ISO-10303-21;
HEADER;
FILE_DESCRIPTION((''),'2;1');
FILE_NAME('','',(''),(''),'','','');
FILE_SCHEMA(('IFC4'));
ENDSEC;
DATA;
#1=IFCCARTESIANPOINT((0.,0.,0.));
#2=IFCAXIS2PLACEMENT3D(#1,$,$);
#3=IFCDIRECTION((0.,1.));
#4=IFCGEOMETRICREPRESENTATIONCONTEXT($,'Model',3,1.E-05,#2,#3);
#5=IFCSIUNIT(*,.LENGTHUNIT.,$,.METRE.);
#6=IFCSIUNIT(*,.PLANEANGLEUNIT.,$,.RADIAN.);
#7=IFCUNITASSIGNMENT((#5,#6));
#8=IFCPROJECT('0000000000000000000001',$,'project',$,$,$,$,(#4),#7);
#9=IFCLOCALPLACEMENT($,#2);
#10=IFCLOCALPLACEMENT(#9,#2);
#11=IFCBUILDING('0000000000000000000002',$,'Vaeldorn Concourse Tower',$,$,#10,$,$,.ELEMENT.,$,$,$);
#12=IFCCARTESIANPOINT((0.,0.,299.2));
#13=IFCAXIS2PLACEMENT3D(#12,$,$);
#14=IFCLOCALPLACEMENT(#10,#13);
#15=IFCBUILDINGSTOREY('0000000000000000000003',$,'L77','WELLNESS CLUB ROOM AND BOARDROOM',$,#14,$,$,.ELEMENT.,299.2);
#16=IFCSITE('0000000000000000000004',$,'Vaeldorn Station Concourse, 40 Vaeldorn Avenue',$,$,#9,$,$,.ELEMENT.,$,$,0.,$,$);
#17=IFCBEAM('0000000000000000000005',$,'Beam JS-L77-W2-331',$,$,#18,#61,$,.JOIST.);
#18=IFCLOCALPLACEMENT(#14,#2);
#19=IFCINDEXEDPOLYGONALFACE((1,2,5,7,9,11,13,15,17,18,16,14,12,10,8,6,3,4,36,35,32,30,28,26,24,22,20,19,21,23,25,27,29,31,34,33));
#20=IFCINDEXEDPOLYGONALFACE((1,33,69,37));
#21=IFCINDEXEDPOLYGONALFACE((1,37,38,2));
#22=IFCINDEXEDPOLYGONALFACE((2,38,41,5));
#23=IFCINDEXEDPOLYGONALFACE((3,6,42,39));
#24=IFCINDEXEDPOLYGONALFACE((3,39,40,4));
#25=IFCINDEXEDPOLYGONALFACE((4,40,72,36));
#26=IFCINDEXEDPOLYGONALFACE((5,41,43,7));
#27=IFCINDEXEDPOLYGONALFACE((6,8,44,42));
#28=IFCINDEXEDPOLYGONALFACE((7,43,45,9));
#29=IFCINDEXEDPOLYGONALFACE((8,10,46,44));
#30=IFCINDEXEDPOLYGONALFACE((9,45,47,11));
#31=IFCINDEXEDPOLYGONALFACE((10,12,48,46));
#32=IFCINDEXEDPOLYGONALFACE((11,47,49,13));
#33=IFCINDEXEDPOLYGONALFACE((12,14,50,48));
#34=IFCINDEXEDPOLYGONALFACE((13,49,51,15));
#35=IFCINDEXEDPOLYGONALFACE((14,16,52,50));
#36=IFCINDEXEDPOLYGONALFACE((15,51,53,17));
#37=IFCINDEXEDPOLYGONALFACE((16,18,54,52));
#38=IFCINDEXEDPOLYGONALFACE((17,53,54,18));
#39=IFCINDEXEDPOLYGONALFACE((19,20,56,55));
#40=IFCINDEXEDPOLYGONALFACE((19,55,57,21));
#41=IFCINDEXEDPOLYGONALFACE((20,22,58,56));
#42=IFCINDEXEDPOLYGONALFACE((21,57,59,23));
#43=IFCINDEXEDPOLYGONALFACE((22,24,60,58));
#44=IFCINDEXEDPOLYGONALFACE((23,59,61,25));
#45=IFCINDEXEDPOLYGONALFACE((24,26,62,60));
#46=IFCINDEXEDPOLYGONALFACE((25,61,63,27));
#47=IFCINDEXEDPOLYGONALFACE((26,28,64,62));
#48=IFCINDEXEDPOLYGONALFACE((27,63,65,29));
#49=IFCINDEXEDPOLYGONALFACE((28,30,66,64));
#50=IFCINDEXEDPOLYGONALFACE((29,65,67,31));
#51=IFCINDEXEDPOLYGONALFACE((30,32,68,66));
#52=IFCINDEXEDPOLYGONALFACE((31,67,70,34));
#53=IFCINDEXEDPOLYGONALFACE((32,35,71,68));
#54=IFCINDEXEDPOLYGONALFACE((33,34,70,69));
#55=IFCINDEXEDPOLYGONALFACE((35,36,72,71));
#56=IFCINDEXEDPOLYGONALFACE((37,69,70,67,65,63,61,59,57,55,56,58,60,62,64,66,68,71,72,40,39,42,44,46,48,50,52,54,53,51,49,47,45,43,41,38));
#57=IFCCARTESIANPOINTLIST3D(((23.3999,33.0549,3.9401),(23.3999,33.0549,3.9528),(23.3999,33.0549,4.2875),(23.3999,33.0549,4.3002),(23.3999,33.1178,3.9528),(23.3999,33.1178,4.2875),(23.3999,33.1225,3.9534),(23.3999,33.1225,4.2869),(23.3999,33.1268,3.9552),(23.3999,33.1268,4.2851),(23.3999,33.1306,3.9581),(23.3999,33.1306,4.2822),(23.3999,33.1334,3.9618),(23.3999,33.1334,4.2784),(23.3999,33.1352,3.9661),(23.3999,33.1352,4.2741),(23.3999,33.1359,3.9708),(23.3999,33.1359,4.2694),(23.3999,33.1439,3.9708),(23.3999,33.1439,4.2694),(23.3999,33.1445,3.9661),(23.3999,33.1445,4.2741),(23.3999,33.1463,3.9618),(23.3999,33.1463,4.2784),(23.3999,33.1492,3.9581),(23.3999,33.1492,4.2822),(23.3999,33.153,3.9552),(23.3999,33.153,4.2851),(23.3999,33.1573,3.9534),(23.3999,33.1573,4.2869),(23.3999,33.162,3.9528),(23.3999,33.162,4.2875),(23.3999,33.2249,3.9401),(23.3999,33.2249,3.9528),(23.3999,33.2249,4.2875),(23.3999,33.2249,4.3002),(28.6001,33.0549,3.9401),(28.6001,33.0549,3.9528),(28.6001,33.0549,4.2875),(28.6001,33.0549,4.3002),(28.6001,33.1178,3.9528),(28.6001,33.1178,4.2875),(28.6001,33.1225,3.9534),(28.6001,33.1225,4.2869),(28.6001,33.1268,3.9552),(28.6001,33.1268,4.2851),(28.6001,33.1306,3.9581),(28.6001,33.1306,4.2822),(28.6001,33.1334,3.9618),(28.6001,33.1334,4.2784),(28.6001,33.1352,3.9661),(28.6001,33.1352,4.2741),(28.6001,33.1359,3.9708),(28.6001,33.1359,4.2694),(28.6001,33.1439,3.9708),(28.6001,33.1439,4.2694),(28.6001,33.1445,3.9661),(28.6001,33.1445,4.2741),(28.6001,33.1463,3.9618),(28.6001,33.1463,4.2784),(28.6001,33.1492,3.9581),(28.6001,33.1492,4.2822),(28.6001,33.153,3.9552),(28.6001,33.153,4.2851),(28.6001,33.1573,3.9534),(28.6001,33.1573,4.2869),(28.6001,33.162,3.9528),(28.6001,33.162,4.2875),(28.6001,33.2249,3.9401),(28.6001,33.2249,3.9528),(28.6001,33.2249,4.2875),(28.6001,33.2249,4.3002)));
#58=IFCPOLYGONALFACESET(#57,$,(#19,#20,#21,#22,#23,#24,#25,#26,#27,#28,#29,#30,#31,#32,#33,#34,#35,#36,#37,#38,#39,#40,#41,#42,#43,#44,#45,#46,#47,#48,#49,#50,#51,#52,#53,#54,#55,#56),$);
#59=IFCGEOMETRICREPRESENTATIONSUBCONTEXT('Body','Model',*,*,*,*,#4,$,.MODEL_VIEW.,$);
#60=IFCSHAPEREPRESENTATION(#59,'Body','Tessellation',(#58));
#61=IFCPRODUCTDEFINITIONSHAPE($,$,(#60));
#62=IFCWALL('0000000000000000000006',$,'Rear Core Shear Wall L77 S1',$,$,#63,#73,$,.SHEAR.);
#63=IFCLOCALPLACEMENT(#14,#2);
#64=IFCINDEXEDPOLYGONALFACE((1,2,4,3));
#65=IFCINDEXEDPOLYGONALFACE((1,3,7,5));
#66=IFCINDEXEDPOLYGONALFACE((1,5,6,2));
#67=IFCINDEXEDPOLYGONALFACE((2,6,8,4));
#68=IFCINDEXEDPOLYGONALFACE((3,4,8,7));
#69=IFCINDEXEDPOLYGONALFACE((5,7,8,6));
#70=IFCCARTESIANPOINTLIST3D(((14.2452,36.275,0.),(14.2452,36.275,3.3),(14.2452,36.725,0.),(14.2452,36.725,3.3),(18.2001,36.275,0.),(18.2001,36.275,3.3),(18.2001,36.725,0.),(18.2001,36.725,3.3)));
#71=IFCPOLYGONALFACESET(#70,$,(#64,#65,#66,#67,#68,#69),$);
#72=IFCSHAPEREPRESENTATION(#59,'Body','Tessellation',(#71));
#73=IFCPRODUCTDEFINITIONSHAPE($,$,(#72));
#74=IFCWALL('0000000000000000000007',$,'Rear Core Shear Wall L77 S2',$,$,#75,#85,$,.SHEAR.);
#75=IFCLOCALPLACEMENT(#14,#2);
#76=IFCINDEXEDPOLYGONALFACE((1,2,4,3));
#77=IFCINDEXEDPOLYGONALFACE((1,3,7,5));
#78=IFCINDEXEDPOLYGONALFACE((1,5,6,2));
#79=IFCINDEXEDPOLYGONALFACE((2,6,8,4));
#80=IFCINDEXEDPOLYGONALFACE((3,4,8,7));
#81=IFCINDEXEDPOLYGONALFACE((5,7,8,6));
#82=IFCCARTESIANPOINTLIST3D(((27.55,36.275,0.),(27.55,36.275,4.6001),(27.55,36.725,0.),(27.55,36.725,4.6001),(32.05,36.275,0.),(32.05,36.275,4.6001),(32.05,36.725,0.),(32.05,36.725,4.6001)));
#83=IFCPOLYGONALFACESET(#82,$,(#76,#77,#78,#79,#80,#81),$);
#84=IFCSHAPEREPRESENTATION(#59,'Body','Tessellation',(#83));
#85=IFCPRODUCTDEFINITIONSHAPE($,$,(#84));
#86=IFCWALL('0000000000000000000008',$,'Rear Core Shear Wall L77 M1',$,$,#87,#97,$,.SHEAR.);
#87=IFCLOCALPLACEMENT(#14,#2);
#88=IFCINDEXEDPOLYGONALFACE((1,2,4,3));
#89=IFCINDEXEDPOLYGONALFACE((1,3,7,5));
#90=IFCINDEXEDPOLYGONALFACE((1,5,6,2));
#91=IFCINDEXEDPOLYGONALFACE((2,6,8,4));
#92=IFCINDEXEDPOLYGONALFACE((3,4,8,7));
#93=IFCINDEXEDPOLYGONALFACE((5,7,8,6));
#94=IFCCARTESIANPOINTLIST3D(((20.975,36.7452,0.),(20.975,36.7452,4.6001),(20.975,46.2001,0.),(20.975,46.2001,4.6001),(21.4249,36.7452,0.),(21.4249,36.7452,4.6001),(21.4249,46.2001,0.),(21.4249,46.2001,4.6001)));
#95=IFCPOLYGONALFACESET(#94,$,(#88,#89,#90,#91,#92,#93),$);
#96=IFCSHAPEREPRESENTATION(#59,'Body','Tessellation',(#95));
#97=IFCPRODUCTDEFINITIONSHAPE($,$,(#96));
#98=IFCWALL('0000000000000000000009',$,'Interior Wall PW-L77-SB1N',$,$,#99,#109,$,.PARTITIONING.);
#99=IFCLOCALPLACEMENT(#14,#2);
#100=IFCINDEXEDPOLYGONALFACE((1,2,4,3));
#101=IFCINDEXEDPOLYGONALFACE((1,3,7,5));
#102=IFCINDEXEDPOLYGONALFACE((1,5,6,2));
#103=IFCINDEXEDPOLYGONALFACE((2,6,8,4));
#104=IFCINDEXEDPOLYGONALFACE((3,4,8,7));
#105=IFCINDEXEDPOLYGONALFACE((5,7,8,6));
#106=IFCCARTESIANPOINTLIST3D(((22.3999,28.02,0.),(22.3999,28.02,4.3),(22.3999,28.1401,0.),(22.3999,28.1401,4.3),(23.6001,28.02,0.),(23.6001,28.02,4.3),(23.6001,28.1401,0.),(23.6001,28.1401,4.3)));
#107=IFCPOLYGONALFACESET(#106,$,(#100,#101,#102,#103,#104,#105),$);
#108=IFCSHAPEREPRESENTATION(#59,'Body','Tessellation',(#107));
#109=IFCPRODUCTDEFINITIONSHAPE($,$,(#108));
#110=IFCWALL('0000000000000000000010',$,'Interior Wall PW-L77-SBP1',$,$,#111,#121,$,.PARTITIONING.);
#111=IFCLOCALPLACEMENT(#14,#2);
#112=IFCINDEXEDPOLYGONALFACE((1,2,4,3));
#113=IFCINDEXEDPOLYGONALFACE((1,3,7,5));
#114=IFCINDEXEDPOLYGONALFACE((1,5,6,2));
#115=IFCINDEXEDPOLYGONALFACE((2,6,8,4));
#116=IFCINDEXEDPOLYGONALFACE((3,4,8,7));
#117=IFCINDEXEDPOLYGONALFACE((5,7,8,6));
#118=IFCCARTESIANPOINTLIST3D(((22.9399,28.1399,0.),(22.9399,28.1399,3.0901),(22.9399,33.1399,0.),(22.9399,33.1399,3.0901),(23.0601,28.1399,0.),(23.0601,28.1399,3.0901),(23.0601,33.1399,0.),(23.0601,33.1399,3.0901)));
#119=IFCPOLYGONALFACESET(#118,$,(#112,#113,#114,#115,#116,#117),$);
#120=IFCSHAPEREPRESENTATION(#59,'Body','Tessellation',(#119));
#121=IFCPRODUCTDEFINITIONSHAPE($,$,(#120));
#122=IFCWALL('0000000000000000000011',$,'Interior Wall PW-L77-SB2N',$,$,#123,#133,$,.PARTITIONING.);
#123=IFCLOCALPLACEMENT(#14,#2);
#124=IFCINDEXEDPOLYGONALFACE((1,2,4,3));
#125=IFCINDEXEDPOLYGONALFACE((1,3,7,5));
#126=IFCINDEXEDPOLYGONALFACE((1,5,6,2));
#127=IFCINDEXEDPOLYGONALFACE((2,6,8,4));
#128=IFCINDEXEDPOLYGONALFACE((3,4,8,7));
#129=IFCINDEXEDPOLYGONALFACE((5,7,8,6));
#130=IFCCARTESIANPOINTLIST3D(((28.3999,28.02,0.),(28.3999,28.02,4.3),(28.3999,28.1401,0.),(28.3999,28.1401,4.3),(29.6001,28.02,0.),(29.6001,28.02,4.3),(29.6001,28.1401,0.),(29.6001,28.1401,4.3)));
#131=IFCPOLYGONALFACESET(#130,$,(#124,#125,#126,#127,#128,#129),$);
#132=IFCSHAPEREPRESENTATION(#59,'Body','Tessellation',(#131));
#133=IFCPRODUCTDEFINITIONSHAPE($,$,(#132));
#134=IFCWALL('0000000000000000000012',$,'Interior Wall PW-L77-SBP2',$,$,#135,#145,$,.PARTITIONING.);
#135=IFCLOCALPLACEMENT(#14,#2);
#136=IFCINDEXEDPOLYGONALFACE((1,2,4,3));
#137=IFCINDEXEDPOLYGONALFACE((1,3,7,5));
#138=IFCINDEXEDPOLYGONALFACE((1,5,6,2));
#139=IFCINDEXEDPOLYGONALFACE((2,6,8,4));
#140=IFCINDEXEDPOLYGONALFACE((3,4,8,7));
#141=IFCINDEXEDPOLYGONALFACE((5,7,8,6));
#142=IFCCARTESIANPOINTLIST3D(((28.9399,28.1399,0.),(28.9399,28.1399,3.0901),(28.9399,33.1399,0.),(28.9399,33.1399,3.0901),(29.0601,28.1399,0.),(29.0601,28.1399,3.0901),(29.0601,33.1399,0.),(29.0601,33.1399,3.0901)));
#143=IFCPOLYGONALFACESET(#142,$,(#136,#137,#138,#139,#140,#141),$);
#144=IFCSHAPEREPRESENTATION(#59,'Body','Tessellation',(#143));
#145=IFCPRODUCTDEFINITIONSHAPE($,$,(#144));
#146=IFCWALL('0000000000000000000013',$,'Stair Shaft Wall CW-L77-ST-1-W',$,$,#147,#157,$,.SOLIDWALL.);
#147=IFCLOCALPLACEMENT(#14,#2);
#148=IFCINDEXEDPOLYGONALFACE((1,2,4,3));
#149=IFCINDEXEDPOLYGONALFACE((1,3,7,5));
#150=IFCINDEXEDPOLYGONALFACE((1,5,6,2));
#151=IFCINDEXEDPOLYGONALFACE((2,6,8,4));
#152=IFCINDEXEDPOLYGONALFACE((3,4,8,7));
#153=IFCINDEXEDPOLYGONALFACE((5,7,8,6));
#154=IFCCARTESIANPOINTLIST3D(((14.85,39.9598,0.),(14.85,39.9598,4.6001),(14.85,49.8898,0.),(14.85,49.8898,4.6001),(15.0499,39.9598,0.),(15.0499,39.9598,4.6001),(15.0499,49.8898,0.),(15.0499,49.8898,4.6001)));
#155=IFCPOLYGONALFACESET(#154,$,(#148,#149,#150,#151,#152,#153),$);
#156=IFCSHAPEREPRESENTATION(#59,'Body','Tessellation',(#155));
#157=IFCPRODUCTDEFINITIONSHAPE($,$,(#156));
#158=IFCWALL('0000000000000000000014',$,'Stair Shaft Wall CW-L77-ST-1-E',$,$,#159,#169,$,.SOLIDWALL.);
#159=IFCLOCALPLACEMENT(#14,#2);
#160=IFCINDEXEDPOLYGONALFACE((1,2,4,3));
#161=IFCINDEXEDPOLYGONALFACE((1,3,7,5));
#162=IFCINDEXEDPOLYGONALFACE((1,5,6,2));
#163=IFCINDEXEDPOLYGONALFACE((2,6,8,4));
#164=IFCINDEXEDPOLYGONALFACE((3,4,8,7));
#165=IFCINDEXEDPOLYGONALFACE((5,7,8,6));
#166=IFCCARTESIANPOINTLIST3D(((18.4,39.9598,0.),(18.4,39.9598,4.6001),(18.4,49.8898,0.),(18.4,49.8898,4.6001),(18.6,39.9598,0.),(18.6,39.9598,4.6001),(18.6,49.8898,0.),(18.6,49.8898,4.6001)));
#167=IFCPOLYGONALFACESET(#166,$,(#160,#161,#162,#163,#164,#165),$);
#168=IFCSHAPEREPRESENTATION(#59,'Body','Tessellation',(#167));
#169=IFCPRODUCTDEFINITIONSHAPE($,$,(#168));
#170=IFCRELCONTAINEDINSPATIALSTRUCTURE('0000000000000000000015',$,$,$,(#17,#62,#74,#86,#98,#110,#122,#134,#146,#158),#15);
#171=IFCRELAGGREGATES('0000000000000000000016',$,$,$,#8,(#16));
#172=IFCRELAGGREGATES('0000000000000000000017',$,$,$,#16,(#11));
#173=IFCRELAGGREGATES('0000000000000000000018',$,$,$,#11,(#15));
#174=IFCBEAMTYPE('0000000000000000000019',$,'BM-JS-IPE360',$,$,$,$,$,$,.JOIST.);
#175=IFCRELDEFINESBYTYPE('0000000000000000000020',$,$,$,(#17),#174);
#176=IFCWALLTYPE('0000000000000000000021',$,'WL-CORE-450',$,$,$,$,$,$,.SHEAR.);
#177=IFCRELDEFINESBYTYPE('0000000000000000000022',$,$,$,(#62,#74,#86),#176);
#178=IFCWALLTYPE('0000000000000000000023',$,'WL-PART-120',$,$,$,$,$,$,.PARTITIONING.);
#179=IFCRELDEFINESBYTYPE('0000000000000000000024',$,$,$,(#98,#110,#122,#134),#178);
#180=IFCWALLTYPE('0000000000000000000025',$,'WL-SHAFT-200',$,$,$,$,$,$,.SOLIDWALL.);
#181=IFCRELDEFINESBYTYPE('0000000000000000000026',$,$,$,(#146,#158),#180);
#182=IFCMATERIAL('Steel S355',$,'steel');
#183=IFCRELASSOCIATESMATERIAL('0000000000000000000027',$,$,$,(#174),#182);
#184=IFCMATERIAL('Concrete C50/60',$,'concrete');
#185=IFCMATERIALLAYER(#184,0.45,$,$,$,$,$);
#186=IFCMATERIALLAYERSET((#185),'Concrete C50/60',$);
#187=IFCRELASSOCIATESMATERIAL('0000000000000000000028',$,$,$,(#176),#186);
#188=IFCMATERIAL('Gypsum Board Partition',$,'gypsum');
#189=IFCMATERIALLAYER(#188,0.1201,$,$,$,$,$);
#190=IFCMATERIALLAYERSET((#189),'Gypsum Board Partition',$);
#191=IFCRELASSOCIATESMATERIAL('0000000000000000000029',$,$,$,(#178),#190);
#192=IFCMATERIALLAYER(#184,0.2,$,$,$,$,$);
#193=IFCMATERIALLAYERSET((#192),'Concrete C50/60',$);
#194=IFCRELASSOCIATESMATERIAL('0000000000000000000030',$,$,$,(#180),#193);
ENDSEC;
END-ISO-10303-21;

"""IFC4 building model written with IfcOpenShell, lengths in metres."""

from ifc_helpers import new_model, si_unit, direction, frame, frame_2d, origin, origin_2d, place, context, subcontext, project, spatial, rectangle, i_section, extrude, source, transform, mapped, material, layer, layer_set, material_profile, profile_set, type_object, element, save


model = new_model("IFC4")

# Units and contexts
model_context = context("Model", 3, precision=1e-05, world=origin(), true_north=direction((0.0, 1.0)))
body_context = subcontext(model_context, "Body", "Model", "MODEL_VIEW")
ifc_project = project(units=[si_unit("LENGTHUNIT", "METRE"), si_unit("PLANEANGLEUNIT", "RADIAN")], contexts=[model_context])

# Site, building, storey
site_placement = place(None, origin())
site = spatial("IfcSite", under=ifc_project, at=site_placement, Name="Vaeldorn Station Concourse, 40 Vaeldorn Avenue", CompositionType="ELEMENT", RefElevation=0.0)
building_placement = place(site_placement, origin())
building = spatial("IfcBuilding", under=site, at=building_placement, Name="Vaeldorn Concourse Tower", CompositionType="ELEMENT")
storey_placement = place(building_placement, frame((0.0, 0.0, 299.2)))
storey = spatial("IfcBuildingStorey", under=building, at=storey_placement, Name="L77", Description="WELLNESS CLUB ROOM AND BOARDROOM", CompositionType="ELEMENT", Elevation=299.2)

# Shared definitions
ifc_material_1 = material(Name="Steel S355", Category="steel")

# Beam
ifc_material_2 = material(Name="Concrete C50/60", Category="concrete")
ifc_material_profile_1 = material_profile(ifc_material_1, i_section(OverallWidth=0.1699, OverallDepth=0.3601, WebThickness=0.0081, FlangeThickness=0.0127, FilletRadius=0.0181, at=origin_2d()), Name="IPE 360")
ifc_profile_set_1 = profile_set([ifc_material_profile_1], Name="Steel S355")
beam_type_1 = type_object("IfcBeamType", Name="BM-JS-IPE360", PredefinedType="JOIST", material=ifc_profile_set_1)
shared_shape_1 = source(origin(), body_context, "Body", "SweptSolid", [
    extrude(i_section(OverallWidth=0.1699, OverallDepth=0.3601, WebThickness=0.0081, FlangeThickness=0.0127, FilletRadius=0.0181, at=origin_2d()), origin(), (0.0, 0.0, 1.0), 5.2002),
])
for number, where, z_axis, x_axis, name in (
    (1, (23.3999, 33.1399, 4.1201), (1.0, 0.0, 0.0), (0.0, 1.0, 0.0), "Beam JS-L77-W2-331"),
):
    element("IfcBeam", number, at=place(storey_placement, frame(where, z_axis=z_axis, x_axis=x_axis)), inside=storey, type_object=beam_type_1, Name=name, PredefinedType="JOIST", context=body_context, shape_type="MappedRepresentation", body=[
        mapped(shared_shape_1, transform((0.0, 0.0, 0.0), scale=1.0)),
    ])

# Walls
ifc_layer_1 = layer(ifc_material_2, 0.45)
ifc_layer_set_1 = layer_set([ifc_layer_1], Name="Concrete C50/60")
wall_type_1 = type_object("IfcWallType", Name="WL-CORE-450", PredefinedType="SHEAR", material=ifc_layer_set_1)
wall_1_placement = place(storey_placement, frame((14.2451, 36.5, 0.0), z_axis=(0.0, 0.0, 1.0), x_axis=(1.0, 0.0, 0.0)))
element("IfcWall", 2, at=wall_1_placement, inside=storey, type_object=wall_type_1, Name="Rear Core Shear Wall L77 S1", PredefinedType="SHEAR", context=body_context, shape_type="SweptSolid", body=[
    extrude(rectangle(XDim=3.9548, YDim=0.45, at=frame_2d((1.9775, 0.0))), origin(), (0.0, 0.0, 1.0), 3.3),
])
wall_2_placement = place(storey_placement, frame((27.55, 36.5, 0.0), z_axis=(0.0, 0.0, 1.0), x_axis=(1.0, 0.0, 0.0)))
element("IfcWall", 3, at=wall_2_placement, inside=storey, type_object=wall_type_1, Name="Rear Core Shear Wall L77 S2", PredefinedType="SHEAR", context=body_context, shape_type="SweptSolid", body=[
    extrude(rectangle(XDim=4.5, YDim=0.45, at=frame_2d((2.25, 0.0))), origin(), (0.0, 0.0, 1.0), 4.6001),
])
wall_3_placement = place(storey_placement, frame((21.2, 36.7451, 0.0), z_axis=(0.0, 0.0, 1.0), x_axis=(0.0, 1.0, 0.0)))
element("IfcWall", 4, at=wall_3_placement, inside=storey, type_object=wall_type_1, Name="Rear Core Shear Wall L77 M1", PredefinedType="SHEAR", context=body_context, shape_type="SweptSolid", body=[
    extrude(rectangle(XDim=9.4548, YDim=0.45, at=frame_2d((4.7275, 0.0))), origin(), (0.0, 0.0, 1.0), 4.6001),
])
ifc_material_3 = material(Name="Gypsum Board Partition", Category="gypsum")
ifc_layer_2 = layer(ifc_material_3, 0.1201)
ifc_layer_set_2 = layer_set([ifc_layer_2], Name="Gypsum Board Partition")
wall_type_2 = type_object("IfcWallType", Name="WL-PART-120", PredefinedType="PARTITIONING", material=ifc_layer_set_2)
wall_4_placement = place(storey_placement, frame((22.3999, 28.0801, 0.0), z_axis=(0.0, 0.0, 1.0), x_axis=(1.0, 0.0, 0.0)))
element("IfcWall", 5, at=wall_4_placement, inside=storey, type_object=wall_type_2, Name="Interior Wall PW-L77-SB1N", PredefinedType="PARTITIONING", context=body_context, shape_type="SweptSolid", body=[
    extrude(rectangle(XDim=1.2002, YDim=0.1201, at=frame_2d((0.6001, 0.0))), origin(), (0.0, 0.0, 1.0), 4.3),
])
wall_5_placement = place(storey_placement, frame((23.0, 28.1399, 0.0), z_axis=(0.0, 0.0, 1.0), x_axis=(0.0, 1.0, 0.0)))
element("IfcWall", 6, at=wall_5_placement, inside=storey, type_object=wall_type_2, Name="Interior Wall PW-L77-SBP1", PredefinedType="PARTITIONING", context=body_context, shape_type="SweptSolid", body=[
    extrude(rectangle(XDim=5.0, YDim=0.1201, at=frame_2d((2.5, 0.0))), origin(), (0.0, 0.0, 1.0), 3.0901),
])
wall_6_placement = place(storey_placement, frame((28.3999, 28.0801, 0.0), z_axis=(0.0, 0.0, 1.0), x_axis=(1.0, 0.0, 0.0)))
element("IfcWall", 7, at=wall_6_placement, inside=storey, type_object=wall_type_2, Name="Interior Wall PW-L77-SB2N", PredefinedType="PARTITIONING", context=body_context, shape_type="SweptSolid", body=[
    extrude(rectangle(XDim=1.2002, YDim=0.1201, at=frame_2d((0.6001, 0.0))), origin(), (0.0, 0.0, 1.0), 4.3),
])
wall_7_placement = place(storey_placement, frame((29.0, 28.1399, 0.0), z_axis=(0.0, 0.0, 1.0), x_axis=(0.0, 1.0, 0.0)))
element("IfcWall", 8, at=wall_7_placement, inside=storey, type_object=wall_type_2, Name="Interior Wall PW-L77-SBP2", PredefinedType="PARTITIONING", context=body_context, shape_type="SweptSolid", body=[
    extrude(rectangle(XDim=5.0, YDim=0.1201, at=frame_2d((2.5, 0.0))), origin(), (0.0, 0.0, 1.0), 3.0901),
])

# Shared definitions
ifc_layer_3 = layer(ifc_material_2, 0.2)
ifc_layer_set_3 = layer_set([ifc_layer_3], Name="Concrete C50/60")
wall_type_3 = type_object("IfcWallType", Name="WL-SHAFT-200", PredefinedType="SOLIDWALL", material=ifc_layer_set_3)

# Walls
for number, where, z_axis, x_axis, name in (
    (9, (14.95, 39.96, 0.0), (0.0, 0.0, 1.0), (0.0, 1.0, 0.0), "Stair Shaft Wall CW-L77-ST-1-W"),
    (10, (18.5, 39.96, 0.0), (0.0, 0.0, 1.0), (0.0, 1.0, 0.0), "Stair Shaft Wall CW-L77-ST-1-E"),
):
    element("IfcWall", number, at=place(storey_placement, frame(where, z_axis=z_axis, x_axis=x_axis)), inside=storey, type_object=wall_type_3, Name=name, PredefinedType="SOLIDWALL", context=body_context, shape_type="SweptSolid", body=[
        extrude(rectangle(XDim=9.9299, YDim=0.2, at=frame_2d((4.9648, 0.0))), origin(), (0.0, 0.0, 1.0), 4.6001),
    ])

save(model, "model.ifc")
